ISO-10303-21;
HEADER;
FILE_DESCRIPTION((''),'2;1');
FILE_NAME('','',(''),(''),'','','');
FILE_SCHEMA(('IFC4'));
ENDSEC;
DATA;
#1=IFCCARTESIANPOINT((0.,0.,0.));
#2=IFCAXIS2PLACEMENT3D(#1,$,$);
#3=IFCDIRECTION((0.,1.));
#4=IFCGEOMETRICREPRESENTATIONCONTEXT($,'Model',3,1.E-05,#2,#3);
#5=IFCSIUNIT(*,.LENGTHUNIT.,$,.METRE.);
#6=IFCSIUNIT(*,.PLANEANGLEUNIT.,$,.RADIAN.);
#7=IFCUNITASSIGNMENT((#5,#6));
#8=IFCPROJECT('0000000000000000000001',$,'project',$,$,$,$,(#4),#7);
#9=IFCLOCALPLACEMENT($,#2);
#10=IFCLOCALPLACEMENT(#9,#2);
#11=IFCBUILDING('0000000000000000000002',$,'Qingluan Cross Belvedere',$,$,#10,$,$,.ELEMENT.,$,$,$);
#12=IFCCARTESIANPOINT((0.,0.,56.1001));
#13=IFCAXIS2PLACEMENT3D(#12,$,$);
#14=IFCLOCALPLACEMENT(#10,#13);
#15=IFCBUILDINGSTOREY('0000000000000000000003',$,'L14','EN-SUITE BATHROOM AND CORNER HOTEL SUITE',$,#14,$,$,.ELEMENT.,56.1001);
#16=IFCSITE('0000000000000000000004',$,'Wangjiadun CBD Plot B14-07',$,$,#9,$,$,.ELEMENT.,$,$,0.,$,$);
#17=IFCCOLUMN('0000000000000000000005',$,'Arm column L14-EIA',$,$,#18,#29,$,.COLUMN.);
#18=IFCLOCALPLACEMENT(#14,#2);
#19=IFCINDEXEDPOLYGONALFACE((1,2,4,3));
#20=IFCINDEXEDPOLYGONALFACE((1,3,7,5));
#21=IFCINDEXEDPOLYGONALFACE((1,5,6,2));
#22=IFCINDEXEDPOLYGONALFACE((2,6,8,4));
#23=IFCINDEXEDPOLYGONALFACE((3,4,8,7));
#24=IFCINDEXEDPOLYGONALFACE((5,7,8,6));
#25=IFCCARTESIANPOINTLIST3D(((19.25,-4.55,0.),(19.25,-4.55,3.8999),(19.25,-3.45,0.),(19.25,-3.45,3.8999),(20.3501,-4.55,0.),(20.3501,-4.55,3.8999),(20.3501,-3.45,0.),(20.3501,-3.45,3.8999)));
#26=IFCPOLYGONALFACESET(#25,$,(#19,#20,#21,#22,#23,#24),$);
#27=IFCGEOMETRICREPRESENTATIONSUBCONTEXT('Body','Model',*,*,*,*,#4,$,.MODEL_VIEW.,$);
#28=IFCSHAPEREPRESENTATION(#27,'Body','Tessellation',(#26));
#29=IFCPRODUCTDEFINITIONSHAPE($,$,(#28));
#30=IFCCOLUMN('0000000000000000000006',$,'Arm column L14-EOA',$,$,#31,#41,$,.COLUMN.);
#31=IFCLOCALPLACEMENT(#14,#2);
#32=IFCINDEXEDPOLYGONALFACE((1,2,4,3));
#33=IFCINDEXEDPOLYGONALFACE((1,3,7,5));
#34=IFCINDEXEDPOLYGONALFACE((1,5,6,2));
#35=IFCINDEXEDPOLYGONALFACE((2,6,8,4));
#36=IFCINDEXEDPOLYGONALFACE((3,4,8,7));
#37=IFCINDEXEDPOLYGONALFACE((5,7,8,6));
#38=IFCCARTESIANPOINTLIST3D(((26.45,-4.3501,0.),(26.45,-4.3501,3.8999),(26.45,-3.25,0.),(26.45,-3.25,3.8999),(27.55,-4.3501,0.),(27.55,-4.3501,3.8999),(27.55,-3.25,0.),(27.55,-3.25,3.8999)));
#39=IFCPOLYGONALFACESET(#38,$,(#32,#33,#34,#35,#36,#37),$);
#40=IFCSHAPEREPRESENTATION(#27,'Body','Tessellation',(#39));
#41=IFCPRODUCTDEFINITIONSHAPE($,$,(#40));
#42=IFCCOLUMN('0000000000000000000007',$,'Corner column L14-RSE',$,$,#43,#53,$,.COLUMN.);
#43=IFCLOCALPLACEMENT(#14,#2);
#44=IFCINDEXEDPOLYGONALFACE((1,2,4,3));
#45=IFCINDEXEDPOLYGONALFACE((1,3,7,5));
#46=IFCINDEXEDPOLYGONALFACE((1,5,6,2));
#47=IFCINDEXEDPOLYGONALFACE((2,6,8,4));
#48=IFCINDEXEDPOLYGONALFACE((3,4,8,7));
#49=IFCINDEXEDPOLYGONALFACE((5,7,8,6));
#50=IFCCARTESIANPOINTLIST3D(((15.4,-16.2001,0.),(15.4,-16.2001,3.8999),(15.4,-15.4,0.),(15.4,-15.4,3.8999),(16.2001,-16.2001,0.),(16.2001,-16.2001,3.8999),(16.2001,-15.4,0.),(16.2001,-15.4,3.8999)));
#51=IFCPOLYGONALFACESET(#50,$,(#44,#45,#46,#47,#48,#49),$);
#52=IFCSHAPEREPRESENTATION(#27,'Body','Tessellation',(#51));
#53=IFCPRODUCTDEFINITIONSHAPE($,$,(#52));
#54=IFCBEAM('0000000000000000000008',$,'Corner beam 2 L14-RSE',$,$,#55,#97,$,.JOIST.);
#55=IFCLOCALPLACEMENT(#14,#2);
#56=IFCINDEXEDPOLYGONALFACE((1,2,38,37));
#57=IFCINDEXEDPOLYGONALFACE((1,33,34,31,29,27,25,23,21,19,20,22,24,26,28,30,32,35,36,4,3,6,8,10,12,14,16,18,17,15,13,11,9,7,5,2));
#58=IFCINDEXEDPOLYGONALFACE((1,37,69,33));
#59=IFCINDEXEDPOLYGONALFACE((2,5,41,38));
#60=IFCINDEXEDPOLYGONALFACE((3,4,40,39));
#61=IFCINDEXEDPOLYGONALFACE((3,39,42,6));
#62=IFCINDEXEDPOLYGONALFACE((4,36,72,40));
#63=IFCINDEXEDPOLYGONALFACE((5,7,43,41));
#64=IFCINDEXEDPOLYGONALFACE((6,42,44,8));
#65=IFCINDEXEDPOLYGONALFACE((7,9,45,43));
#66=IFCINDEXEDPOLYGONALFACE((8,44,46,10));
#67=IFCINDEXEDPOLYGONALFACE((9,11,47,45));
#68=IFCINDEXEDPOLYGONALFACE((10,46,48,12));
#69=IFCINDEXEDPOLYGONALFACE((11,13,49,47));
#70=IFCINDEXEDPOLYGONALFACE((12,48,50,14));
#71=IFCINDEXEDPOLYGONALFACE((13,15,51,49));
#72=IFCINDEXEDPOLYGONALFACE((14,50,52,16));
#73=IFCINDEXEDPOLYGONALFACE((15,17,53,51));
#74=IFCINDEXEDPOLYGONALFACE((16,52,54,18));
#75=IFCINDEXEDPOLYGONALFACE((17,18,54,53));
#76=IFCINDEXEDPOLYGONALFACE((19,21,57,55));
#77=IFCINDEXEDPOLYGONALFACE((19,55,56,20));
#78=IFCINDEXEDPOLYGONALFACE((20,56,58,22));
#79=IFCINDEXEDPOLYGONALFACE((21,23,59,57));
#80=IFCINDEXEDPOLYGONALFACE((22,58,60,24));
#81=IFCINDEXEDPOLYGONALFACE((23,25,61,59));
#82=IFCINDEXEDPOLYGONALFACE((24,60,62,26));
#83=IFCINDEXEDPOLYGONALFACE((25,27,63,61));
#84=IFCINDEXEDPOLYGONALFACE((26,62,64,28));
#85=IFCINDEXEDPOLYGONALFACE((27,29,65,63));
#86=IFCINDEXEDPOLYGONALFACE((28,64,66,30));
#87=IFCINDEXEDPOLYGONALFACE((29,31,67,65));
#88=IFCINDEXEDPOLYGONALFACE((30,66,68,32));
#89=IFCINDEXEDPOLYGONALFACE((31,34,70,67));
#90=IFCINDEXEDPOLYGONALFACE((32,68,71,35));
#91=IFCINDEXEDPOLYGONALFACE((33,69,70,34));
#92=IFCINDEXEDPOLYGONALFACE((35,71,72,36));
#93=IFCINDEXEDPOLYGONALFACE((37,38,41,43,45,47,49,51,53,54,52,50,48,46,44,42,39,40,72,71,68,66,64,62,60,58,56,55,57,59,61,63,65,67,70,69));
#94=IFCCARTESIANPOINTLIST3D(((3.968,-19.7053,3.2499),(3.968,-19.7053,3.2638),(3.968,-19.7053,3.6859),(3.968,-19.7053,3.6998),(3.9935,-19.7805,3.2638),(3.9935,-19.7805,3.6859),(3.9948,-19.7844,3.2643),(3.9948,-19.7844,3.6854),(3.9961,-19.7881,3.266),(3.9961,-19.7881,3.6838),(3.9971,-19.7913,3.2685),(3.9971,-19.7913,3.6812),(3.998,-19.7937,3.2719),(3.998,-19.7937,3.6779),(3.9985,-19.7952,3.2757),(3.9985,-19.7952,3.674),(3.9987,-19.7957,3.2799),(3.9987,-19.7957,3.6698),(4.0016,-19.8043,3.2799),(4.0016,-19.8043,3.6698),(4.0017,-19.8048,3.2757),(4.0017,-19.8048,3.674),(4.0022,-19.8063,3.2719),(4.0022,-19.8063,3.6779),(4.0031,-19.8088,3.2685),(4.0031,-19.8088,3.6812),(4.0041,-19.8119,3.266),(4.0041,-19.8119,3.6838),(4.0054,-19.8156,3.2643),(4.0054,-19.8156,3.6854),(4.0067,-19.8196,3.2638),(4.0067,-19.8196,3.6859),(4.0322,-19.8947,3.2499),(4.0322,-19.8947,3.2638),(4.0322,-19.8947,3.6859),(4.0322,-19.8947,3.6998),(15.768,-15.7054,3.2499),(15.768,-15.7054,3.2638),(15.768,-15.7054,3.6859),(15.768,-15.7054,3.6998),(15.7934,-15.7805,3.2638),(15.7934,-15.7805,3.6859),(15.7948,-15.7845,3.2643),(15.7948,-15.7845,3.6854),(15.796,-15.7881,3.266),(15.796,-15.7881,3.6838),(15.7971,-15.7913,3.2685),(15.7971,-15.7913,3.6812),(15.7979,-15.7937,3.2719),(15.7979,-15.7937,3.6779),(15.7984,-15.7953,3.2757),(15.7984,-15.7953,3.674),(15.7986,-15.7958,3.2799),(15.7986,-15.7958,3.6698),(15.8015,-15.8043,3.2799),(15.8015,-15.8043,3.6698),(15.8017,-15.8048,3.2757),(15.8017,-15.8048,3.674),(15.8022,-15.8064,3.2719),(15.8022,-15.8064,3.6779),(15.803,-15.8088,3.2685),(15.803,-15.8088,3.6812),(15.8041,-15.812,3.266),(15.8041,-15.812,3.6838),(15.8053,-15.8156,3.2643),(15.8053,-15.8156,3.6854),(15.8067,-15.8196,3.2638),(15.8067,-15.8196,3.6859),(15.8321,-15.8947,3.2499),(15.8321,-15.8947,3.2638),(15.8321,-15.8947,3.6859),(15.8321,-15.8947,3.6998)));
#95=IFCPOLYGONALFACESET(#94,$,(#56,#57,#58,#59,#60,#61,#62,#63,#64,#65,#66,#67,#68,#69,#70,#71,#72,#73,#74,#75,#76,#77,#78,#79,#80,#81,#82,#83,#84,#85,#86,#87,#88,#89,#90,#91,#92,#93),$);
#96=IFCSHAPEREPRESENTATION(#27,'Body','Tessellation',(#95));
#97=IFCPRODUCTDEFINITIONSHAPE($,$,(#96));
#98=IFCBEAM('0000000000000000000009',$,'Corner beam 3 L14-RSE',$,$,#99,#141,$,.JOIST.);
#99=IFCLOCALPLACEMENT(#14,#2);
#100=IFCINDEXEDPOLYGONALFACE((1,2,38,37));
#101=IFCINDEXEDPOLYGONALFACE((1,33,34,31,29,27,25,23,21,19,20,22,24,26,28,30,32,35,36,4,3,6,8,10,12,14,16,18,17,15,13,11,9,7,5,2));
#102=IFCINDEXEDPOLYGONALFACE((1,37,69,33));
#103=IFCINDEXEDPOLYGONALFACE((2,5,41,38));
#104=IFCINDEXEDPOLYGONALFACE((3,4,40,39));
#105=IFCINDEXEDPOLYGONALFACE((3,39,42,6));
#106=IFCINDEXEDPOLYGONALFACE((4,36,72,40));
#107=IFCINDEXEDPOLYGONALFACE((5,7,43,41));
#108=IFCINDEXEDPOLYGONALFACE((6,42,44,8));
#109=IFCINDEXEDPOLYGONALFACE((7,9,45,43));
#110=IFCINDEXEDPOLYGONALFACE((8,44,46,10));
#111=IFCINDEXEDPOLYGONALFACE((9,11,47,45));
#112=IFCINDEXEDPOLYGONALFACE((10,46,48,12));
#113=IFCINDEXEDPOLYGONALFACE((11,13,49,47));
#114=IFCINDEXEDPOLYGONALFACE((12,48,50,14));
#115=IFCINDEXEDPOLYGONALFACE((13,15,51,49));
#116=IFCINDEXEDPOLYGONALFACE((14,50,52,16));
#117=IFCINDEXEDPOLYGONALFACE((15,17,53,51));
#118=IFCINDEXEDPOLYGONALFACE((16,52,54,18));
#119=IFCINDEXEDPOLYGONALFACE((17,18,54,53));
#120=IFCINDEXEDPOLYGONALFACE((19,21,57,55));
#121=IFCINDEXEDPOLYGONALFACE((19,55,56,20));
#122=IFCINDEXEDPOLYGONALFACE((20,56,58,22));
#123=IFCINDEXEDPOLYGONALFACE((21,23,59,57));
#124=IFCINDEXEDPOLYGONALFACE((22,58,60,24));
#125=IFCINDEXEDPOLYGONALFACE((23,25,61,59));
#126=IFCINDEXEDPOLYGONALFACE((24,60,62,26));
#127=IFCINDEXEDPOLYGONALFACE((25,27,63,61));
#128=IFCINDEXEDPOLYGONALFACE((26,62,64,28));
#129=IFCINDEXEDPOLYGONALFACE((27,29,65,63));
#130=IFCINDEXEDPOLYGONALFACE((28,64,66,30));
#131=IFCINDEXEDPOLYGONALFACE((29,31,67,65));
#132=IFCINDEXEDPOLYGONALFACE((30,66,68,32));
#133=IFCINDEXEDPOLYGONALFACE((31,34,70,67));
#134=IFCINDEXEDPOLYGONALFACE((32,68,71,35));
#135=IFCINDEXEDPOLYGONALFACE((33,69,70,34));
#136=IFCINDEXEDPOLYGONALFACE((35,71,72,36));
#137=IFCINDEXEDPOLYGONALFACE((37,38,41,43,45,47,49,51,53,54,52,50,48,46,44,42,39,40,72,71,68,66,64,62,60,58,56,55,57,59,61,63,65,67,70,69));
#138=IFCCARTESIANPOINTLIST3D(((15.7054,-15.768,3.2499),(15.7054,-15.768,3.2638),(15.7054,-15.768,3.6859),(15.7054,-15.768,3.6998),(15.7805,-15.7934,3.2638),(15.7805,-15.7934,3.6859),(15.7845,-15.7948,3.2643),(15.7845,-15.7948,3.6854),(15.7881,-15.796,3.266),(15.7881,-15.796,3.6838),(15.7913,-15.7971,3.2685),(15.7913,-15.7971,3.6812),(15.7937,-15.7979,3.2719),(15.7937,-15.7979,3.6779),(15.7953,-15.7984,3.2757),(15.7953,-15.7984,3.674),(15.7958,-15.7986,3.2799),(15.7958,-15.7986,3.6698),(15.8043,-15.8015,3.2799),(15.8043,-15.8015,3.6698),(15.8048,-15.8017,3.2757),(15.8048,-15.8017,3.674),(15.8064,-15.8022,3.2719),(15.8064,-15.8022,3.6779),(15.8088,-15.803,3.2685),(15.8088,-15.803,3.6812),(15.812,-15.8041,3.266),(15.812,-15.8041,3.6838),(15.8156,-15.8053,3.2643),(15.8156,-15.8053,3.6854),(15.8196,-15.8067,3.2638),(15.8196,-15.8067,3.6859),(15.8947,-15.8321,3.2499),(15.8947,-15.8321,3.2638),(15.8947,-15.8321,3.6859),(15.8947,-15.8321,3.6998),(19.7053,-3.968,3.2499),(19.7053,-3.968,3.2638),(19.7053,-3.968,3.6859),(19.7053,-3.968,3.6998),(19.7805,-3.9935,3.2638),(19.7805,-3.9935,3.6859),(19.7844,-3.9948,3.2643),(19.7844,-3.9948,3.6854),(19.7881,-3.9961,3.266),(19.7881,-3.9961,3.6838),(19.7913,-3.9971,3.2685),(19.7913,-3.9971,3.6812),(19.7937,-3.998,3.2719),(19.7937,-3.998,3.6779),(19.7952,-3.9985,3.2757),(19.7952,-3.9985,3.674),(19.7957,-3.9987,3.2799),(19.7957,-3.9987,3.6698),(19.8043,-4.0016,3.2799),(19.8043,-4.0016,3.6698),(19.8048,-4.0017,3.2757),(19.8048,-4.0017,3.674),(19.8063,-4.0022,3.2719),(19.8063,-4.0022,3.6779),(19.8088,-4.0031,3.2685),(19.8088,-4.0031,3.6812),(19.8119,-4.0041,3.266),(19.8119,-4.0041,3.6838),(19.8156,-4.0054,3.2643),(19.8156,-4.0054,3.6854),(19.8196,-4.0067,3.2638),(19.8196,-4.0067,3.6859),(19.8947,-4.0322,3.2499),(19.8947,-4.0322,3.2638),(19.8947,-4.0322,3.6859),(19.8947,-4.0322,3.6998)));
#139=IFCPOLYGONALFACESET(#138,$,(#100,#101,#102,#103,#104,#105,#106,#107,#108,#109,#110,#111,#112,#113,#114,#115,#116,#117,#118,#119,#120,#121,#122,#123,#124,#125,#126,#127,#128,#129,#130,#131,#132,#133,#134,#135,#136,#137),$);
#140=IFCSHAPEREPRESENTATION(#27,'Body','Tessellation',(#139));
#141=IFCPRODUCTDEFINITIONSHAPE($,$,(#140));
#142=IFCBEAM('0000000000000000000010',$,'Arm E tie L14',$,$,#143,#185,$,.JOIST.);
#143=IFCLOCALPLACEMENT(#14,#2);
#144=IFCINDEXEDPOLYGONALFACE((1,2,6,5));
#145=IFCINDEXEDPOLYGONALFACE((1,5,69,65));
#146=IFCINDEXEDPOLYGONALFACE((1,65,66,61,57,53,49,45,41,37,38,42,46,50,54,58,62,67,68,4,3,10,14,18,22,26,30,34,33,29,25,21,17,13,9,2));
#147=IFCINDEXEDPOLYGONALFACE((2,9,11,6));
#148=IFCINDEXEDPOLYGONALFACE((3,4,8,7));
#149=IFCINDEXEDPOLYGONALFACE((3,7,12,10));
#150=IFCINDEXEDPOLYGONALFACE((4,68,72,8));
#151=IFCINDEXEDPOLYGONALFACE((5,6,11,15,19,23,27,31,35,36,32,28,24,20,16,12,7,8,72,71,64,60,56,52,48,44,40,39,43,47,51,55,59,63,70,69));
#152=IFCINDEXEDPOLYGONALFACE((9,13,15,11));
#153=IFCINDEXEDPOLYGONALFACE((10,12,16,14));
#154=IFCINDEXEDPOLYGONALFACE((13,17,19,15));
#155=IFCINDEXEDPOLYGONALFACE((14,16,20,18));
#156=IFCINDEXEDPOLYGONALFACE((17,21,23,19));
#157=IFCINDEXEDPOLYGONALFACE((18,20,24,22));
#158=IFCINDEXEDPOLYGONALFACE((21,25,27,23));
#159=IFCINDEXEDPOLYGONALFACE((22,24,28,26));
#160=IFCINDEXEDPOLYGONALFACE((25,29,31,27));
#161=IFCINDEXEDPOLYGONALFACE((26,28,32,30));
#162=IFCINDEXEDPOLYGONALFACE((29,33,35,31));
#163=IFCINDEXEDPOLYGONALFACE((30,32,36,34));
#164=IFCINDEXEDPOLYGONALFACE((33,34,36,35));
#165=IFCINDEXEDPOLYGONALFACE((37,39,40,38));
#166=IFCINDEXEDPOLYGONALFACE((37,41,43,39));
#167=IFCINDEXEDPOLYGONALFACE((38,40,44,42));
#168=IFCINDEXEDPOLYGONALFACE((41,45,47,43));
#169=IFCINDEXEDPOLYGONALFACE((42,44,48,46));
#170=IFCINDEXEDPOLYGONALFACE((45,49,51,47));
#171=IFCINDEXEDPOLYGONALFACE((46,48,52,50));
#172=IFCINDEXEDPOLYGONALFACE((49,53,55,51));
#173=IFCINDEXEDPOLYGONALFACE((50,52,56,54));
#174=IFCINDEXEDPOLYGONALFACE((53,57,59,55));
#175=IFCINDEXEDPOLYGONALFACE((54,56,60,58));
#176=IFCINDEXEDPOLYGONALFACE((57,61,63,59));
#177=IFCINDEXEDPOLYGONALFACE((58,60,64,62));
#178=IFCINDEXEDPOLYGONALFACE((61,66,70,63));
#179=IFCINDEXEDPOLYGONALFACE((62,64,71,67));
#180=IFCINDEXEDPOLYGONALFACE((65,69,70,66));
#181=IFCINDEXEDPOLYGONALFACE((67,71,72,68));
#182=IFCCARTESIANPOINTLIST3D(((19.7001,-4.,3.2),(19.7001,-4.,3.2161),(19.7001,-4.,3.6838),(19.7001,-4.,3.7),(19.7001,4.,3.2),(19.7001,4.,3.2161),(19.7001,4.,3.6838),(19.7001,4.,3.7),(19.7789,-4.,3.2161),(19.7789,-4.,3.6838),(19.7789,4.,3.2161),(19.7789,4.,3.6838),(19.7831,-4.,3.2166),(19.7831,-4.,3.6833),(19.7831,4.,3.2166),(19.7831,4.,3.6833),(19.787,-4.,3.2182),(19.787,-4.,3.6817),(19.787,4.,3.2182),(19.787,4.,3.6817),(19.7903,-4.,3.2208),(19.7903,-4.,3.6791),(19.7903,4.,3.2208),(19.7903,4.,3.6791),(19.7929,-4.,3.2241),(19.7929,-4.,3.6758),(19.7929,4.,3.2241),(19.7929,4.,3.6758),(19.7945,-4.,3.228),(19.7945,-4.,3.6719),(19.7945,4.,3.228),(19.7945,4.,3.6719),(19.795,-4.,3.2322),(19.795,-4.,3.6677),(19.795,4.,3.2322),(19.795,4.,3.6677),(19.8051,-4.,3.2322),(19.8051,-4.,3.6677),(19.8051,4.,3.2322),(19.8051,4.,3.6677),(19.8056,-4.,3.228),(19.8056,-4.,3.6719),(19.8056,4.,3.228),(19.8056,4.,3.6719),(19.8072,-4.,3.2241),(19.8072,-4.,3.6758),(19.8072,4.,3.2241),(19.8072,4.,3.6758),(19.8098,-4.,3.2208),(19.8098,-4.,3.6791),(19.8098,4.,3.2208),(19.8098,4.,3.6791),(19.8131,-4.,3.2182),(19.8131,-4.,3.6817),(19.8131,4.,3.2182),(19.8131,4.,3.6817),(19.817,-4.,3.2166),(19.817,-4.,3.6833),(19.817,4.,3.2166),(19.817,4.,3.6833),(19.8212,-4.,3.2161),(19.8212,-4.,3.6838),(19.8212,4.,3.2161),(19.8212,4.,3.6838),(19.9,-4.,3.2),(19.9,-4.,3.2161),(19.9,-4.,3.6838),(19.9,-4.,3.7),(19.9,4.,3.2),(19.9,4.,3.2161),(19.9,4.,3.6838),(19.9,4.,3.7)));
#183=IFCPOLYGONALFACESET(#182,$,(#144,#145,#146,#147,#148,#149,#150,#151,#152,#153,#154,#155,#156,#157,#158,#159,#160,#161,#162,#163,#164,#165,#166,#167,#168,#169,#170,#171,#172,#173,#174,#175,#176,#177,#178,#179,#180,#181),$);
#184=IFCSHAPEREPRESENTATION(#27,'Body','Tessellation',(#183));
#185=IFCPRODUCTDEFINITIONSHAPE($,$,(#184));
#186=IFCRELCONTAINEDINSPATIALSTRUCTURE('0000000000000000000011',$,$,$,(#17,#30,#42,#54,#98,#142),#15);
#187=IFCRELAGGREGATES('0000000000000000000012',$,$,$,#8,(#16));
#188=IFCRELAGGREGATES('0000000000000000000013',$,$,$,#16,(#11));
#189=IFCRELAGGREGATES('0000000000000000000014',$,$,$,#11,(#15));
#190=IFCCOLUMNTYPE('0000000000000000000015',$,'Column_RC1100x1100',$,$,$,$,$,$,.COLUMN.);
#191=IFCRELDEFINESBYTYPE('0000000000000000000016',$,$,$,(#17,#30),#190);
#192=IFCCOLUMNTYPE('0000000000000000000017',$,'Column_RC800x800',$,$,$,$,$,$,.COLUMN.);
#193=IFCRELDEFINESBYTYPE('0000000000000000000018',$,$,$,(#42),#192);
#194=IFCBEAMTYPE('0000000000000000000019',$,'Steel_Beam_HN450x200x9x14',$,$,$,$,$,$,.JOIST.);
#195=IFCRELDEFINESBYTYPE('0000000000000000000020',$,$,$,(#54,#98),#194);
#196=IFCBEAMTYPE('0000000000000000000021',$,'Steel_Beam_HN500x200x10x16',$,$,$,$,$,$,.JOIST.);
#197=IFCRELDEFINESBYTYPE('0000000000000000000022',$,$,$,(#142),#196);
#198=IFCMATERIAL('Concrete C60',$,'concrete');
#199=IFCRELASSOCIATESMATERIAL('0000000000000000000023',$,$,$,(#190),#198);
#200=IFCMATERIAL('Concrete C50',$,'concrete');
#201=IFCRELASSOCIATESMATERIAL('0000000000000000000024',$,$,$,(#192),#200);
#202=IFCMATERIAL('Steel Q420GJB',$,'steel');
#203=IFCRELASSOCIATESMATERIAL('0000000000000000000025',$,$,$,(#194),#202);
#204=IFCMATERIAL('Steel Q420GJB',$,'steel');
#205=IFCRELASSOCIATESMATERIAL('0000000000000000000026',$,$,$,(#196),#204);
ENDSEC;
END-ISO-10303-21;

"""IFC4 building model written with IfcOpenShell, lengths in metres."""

from ifc_helpers import new_model, si_unit, direction, frame, origin, origin_2d, place, context, subcontext, project, spatial, rectangle, i_section, extrude, material, material_profile, profile_set, type_object, element, save


model = new_model("IFC4")

# Units and contexts
model_context = context("Model", 3, precision=1e-05, world=origin(), true_north=direction((0.0, 1.0)))
body_context = subcontext(model_context, "Body", "Model", "MODEL_VIEW")
ifc_project = project(units=[si_unit("LENGTHUNIT", "METRE"), si_unit("PLANEANGLEUNIT", "RADIAN")], contexts=[model_context])

# Site, building, storey
site_placement = place(None, origin())
site = spatial("IfcSite", under=ifc_project, at=site_placement, Name="Wangjiadun CBD Plot B14-07", CompositionType="ELEMENT", RefElevation=0.0)
building_placement = place(site_placement, origin())
building = spatial("IfcBuilding", under=site, at=building_placement, Name="Qingluan Cross Belvedere", CompositionType="ELEMENT")
storey_placement = place(building_placement, frame((0.0, 0.0, 56.1001)))
storey = spatial("IfcBuildingStorey", under=building, at=storey_placement, Name="L14", Description="EN-SUITE BATHROOM AND CORNER HOTEL SUITE", CompositionType="ELEMENT", Elevation=56.1001)

# Columns
ifc_material_1 = material(Name="Concrete C60", Category="concrete")
ifc_material_profile_1 = material_profile(ifc_material_1, rectangle(XDim=1.1001, YDim=1.1001, at=origin_2d()), Name="RC1100x1100")
ifc_profile_set_1 = profile_set([ifc_material_profile_1], Name="Concrete C60")
column_type_1 = type_object("IfcColumnType", Name="Column_RC1100x1100", PredefinedType="COLUMN", material=ifc_profile_set_1)
for number, where, z_axis, x_axis, name in (
    (1, (19.8, -4.0, 0.0), (0.0, 0.0, 1.0), (1.0, 0.0, 0.0), "Arm column L14-EIA"),
    (2, (27.0, -3.8, 0.0), (0.0, 0.0, 1.0), (1.0, 0.0, 0.0), "Arm column L14-EOA"),
):
    element("IfcColumn", number, at=place(storey_placement, frame(where, z_axis=z_axis, x_axis=x_axis)), inside=storey, type_object=column_type_1, Name=name, PredefinedType="COLUMN", context=body_context, shape_type="SweptSolid", body=[
        extrude(rectangle(XDim=1.1001, YDim=1.1001, at=origin_2d()), origin(), (0.0, 0.0, 1.0), 3.8999),
    ])
ifc_material_2 = material(Name="Concrete C50", Category="concrete")
ifc_material_profile_2 = material_profile(ifc_material_2, rectangle(XDim=0.8, YDim=0.8, at=origin_2d()), Name="RC800x800")
ifc_profile_set_2 = profile_set([ifc_material_profile_2], Name="Concrete C50")
column_type_2 = type_object("IfcColumnType", Name="Column_RC800x800", PredefinedType="COLUMN", material=ifc_profile_set_2)
column_placement = place(storey_placement, frame((15.8, -15.8, 0.0), z_axis=(0.0, 0.0, 1.0), x_axis=(1.0, 0.0, 0.0)))
element("IfcColumn", 3, at=column_placement, inside=storey, type_object=column_type_2, Name="Corner column L14-RSE", PredefinedType="COLUMN", context=body_context, shape_type="SweptSolid", body=[
    extrude(rectangle(XDim=0.8, YDim=0.8, at=origin_2d()), origin(), (0.0, 0.0, 1.0), 3.8999),
])

# Beams
ifc_material_3 = material(Name="Steel Q420GJB", Category="steel")
ifc_material_profile_3 = material_profile(ifc_material_3, i_section(OverallWidth=0.2, OverallDepth=0.45, WebThickness=0.009, FlangeThickness=0.0139, FilletRadius=0.0161, at=origin_2d()), Name="HN450x200x9x14")
ifc_profile_set_3 = profile_set([ifc_material_profile_3], Name="Steel Q420GJB")
beam_type_1 = type_object("IfcBeamType", Name="Steel_Beam_HN450x200x9x14", PredefinedType="JOIST", material=ifc_profile_set_3)
for number, where, z_axis, x_axis, name in (
    (4, (15.8, -15.8, 3.4749), (-0.947066, -0.321038, 0.0), (0.321038, -0.947066, 0.0), "Corner beam 2 L14-RSE"),
    (5, (15.8, -15.8, 3.4749), (0.321038, 0.947066, 0.0), (-0.947066, 0.321038, 0.0), "Corner beam 3 L14-RSE"),
):
    element("IfcBeam", number, at=place(storey_placement, frame(where, z_axis=z_axis, x_axis=x_axis)), inside=storey, type_object=beam_type_1, Name=name, PredefinedType="JOIST", context=body_context, shape_type="SweptSolid", body=[
        extrude(i_section(OverallWidth=0.2, OverallDepth=0.45, WebThickness=0.009, FlangeThickness=0.0139, FilletRadius=0.0161, at=origin_2d()), origin(), (0.0, 0.0, 1.0), 12.4595),
    ])
ifc_material_4 = material(Name="Steel Q420GJB", Category="steel")
ifc_material_profile_4 = material_profile(ifc_material_4, i_section(OverallWidth=0.2, OverallDepth=0.5, WebThickness=0.01, FlangeThickness=0.0161, FilletRadius=0.0161, at=origin_2d()), Name="HN500x200x10x16")
ifc_profile_set_4 = profile_set([ifc_material_profile_4], Name="Steel Q420GJB")
beam_type_2 = type_object("IfcBeamType", Name="Steel_Beam_HN500x200x10x16", PredefinedType="JOIST", material=ifc_profile_set_4)
beam_1_placement = place(storey_placement, frame((19.8, -4.0, 3.45), z_axis=(0.0, 1.0, 0.0), x_axis=(-1.0, 0.0, 0.0)))
element("IfcBeam", 6, at=beam_1_placement, inside=storey, type_object=beam_type_2, Name="Arm E tie L14", PredefinedType="JOIST", context=body_context, shape_type="SweptSolid", body=[
    extrude(i_section(OverallWidth=0.2, OverallDepth=0.5, WebThickness=0.01, FlangeThickness=0.0161, FilletRadius=0.0161, at=origin_2d()), origin(), (0.0, 0.0, 1.0), 8.0),
])

save(model, "model.ifc")
